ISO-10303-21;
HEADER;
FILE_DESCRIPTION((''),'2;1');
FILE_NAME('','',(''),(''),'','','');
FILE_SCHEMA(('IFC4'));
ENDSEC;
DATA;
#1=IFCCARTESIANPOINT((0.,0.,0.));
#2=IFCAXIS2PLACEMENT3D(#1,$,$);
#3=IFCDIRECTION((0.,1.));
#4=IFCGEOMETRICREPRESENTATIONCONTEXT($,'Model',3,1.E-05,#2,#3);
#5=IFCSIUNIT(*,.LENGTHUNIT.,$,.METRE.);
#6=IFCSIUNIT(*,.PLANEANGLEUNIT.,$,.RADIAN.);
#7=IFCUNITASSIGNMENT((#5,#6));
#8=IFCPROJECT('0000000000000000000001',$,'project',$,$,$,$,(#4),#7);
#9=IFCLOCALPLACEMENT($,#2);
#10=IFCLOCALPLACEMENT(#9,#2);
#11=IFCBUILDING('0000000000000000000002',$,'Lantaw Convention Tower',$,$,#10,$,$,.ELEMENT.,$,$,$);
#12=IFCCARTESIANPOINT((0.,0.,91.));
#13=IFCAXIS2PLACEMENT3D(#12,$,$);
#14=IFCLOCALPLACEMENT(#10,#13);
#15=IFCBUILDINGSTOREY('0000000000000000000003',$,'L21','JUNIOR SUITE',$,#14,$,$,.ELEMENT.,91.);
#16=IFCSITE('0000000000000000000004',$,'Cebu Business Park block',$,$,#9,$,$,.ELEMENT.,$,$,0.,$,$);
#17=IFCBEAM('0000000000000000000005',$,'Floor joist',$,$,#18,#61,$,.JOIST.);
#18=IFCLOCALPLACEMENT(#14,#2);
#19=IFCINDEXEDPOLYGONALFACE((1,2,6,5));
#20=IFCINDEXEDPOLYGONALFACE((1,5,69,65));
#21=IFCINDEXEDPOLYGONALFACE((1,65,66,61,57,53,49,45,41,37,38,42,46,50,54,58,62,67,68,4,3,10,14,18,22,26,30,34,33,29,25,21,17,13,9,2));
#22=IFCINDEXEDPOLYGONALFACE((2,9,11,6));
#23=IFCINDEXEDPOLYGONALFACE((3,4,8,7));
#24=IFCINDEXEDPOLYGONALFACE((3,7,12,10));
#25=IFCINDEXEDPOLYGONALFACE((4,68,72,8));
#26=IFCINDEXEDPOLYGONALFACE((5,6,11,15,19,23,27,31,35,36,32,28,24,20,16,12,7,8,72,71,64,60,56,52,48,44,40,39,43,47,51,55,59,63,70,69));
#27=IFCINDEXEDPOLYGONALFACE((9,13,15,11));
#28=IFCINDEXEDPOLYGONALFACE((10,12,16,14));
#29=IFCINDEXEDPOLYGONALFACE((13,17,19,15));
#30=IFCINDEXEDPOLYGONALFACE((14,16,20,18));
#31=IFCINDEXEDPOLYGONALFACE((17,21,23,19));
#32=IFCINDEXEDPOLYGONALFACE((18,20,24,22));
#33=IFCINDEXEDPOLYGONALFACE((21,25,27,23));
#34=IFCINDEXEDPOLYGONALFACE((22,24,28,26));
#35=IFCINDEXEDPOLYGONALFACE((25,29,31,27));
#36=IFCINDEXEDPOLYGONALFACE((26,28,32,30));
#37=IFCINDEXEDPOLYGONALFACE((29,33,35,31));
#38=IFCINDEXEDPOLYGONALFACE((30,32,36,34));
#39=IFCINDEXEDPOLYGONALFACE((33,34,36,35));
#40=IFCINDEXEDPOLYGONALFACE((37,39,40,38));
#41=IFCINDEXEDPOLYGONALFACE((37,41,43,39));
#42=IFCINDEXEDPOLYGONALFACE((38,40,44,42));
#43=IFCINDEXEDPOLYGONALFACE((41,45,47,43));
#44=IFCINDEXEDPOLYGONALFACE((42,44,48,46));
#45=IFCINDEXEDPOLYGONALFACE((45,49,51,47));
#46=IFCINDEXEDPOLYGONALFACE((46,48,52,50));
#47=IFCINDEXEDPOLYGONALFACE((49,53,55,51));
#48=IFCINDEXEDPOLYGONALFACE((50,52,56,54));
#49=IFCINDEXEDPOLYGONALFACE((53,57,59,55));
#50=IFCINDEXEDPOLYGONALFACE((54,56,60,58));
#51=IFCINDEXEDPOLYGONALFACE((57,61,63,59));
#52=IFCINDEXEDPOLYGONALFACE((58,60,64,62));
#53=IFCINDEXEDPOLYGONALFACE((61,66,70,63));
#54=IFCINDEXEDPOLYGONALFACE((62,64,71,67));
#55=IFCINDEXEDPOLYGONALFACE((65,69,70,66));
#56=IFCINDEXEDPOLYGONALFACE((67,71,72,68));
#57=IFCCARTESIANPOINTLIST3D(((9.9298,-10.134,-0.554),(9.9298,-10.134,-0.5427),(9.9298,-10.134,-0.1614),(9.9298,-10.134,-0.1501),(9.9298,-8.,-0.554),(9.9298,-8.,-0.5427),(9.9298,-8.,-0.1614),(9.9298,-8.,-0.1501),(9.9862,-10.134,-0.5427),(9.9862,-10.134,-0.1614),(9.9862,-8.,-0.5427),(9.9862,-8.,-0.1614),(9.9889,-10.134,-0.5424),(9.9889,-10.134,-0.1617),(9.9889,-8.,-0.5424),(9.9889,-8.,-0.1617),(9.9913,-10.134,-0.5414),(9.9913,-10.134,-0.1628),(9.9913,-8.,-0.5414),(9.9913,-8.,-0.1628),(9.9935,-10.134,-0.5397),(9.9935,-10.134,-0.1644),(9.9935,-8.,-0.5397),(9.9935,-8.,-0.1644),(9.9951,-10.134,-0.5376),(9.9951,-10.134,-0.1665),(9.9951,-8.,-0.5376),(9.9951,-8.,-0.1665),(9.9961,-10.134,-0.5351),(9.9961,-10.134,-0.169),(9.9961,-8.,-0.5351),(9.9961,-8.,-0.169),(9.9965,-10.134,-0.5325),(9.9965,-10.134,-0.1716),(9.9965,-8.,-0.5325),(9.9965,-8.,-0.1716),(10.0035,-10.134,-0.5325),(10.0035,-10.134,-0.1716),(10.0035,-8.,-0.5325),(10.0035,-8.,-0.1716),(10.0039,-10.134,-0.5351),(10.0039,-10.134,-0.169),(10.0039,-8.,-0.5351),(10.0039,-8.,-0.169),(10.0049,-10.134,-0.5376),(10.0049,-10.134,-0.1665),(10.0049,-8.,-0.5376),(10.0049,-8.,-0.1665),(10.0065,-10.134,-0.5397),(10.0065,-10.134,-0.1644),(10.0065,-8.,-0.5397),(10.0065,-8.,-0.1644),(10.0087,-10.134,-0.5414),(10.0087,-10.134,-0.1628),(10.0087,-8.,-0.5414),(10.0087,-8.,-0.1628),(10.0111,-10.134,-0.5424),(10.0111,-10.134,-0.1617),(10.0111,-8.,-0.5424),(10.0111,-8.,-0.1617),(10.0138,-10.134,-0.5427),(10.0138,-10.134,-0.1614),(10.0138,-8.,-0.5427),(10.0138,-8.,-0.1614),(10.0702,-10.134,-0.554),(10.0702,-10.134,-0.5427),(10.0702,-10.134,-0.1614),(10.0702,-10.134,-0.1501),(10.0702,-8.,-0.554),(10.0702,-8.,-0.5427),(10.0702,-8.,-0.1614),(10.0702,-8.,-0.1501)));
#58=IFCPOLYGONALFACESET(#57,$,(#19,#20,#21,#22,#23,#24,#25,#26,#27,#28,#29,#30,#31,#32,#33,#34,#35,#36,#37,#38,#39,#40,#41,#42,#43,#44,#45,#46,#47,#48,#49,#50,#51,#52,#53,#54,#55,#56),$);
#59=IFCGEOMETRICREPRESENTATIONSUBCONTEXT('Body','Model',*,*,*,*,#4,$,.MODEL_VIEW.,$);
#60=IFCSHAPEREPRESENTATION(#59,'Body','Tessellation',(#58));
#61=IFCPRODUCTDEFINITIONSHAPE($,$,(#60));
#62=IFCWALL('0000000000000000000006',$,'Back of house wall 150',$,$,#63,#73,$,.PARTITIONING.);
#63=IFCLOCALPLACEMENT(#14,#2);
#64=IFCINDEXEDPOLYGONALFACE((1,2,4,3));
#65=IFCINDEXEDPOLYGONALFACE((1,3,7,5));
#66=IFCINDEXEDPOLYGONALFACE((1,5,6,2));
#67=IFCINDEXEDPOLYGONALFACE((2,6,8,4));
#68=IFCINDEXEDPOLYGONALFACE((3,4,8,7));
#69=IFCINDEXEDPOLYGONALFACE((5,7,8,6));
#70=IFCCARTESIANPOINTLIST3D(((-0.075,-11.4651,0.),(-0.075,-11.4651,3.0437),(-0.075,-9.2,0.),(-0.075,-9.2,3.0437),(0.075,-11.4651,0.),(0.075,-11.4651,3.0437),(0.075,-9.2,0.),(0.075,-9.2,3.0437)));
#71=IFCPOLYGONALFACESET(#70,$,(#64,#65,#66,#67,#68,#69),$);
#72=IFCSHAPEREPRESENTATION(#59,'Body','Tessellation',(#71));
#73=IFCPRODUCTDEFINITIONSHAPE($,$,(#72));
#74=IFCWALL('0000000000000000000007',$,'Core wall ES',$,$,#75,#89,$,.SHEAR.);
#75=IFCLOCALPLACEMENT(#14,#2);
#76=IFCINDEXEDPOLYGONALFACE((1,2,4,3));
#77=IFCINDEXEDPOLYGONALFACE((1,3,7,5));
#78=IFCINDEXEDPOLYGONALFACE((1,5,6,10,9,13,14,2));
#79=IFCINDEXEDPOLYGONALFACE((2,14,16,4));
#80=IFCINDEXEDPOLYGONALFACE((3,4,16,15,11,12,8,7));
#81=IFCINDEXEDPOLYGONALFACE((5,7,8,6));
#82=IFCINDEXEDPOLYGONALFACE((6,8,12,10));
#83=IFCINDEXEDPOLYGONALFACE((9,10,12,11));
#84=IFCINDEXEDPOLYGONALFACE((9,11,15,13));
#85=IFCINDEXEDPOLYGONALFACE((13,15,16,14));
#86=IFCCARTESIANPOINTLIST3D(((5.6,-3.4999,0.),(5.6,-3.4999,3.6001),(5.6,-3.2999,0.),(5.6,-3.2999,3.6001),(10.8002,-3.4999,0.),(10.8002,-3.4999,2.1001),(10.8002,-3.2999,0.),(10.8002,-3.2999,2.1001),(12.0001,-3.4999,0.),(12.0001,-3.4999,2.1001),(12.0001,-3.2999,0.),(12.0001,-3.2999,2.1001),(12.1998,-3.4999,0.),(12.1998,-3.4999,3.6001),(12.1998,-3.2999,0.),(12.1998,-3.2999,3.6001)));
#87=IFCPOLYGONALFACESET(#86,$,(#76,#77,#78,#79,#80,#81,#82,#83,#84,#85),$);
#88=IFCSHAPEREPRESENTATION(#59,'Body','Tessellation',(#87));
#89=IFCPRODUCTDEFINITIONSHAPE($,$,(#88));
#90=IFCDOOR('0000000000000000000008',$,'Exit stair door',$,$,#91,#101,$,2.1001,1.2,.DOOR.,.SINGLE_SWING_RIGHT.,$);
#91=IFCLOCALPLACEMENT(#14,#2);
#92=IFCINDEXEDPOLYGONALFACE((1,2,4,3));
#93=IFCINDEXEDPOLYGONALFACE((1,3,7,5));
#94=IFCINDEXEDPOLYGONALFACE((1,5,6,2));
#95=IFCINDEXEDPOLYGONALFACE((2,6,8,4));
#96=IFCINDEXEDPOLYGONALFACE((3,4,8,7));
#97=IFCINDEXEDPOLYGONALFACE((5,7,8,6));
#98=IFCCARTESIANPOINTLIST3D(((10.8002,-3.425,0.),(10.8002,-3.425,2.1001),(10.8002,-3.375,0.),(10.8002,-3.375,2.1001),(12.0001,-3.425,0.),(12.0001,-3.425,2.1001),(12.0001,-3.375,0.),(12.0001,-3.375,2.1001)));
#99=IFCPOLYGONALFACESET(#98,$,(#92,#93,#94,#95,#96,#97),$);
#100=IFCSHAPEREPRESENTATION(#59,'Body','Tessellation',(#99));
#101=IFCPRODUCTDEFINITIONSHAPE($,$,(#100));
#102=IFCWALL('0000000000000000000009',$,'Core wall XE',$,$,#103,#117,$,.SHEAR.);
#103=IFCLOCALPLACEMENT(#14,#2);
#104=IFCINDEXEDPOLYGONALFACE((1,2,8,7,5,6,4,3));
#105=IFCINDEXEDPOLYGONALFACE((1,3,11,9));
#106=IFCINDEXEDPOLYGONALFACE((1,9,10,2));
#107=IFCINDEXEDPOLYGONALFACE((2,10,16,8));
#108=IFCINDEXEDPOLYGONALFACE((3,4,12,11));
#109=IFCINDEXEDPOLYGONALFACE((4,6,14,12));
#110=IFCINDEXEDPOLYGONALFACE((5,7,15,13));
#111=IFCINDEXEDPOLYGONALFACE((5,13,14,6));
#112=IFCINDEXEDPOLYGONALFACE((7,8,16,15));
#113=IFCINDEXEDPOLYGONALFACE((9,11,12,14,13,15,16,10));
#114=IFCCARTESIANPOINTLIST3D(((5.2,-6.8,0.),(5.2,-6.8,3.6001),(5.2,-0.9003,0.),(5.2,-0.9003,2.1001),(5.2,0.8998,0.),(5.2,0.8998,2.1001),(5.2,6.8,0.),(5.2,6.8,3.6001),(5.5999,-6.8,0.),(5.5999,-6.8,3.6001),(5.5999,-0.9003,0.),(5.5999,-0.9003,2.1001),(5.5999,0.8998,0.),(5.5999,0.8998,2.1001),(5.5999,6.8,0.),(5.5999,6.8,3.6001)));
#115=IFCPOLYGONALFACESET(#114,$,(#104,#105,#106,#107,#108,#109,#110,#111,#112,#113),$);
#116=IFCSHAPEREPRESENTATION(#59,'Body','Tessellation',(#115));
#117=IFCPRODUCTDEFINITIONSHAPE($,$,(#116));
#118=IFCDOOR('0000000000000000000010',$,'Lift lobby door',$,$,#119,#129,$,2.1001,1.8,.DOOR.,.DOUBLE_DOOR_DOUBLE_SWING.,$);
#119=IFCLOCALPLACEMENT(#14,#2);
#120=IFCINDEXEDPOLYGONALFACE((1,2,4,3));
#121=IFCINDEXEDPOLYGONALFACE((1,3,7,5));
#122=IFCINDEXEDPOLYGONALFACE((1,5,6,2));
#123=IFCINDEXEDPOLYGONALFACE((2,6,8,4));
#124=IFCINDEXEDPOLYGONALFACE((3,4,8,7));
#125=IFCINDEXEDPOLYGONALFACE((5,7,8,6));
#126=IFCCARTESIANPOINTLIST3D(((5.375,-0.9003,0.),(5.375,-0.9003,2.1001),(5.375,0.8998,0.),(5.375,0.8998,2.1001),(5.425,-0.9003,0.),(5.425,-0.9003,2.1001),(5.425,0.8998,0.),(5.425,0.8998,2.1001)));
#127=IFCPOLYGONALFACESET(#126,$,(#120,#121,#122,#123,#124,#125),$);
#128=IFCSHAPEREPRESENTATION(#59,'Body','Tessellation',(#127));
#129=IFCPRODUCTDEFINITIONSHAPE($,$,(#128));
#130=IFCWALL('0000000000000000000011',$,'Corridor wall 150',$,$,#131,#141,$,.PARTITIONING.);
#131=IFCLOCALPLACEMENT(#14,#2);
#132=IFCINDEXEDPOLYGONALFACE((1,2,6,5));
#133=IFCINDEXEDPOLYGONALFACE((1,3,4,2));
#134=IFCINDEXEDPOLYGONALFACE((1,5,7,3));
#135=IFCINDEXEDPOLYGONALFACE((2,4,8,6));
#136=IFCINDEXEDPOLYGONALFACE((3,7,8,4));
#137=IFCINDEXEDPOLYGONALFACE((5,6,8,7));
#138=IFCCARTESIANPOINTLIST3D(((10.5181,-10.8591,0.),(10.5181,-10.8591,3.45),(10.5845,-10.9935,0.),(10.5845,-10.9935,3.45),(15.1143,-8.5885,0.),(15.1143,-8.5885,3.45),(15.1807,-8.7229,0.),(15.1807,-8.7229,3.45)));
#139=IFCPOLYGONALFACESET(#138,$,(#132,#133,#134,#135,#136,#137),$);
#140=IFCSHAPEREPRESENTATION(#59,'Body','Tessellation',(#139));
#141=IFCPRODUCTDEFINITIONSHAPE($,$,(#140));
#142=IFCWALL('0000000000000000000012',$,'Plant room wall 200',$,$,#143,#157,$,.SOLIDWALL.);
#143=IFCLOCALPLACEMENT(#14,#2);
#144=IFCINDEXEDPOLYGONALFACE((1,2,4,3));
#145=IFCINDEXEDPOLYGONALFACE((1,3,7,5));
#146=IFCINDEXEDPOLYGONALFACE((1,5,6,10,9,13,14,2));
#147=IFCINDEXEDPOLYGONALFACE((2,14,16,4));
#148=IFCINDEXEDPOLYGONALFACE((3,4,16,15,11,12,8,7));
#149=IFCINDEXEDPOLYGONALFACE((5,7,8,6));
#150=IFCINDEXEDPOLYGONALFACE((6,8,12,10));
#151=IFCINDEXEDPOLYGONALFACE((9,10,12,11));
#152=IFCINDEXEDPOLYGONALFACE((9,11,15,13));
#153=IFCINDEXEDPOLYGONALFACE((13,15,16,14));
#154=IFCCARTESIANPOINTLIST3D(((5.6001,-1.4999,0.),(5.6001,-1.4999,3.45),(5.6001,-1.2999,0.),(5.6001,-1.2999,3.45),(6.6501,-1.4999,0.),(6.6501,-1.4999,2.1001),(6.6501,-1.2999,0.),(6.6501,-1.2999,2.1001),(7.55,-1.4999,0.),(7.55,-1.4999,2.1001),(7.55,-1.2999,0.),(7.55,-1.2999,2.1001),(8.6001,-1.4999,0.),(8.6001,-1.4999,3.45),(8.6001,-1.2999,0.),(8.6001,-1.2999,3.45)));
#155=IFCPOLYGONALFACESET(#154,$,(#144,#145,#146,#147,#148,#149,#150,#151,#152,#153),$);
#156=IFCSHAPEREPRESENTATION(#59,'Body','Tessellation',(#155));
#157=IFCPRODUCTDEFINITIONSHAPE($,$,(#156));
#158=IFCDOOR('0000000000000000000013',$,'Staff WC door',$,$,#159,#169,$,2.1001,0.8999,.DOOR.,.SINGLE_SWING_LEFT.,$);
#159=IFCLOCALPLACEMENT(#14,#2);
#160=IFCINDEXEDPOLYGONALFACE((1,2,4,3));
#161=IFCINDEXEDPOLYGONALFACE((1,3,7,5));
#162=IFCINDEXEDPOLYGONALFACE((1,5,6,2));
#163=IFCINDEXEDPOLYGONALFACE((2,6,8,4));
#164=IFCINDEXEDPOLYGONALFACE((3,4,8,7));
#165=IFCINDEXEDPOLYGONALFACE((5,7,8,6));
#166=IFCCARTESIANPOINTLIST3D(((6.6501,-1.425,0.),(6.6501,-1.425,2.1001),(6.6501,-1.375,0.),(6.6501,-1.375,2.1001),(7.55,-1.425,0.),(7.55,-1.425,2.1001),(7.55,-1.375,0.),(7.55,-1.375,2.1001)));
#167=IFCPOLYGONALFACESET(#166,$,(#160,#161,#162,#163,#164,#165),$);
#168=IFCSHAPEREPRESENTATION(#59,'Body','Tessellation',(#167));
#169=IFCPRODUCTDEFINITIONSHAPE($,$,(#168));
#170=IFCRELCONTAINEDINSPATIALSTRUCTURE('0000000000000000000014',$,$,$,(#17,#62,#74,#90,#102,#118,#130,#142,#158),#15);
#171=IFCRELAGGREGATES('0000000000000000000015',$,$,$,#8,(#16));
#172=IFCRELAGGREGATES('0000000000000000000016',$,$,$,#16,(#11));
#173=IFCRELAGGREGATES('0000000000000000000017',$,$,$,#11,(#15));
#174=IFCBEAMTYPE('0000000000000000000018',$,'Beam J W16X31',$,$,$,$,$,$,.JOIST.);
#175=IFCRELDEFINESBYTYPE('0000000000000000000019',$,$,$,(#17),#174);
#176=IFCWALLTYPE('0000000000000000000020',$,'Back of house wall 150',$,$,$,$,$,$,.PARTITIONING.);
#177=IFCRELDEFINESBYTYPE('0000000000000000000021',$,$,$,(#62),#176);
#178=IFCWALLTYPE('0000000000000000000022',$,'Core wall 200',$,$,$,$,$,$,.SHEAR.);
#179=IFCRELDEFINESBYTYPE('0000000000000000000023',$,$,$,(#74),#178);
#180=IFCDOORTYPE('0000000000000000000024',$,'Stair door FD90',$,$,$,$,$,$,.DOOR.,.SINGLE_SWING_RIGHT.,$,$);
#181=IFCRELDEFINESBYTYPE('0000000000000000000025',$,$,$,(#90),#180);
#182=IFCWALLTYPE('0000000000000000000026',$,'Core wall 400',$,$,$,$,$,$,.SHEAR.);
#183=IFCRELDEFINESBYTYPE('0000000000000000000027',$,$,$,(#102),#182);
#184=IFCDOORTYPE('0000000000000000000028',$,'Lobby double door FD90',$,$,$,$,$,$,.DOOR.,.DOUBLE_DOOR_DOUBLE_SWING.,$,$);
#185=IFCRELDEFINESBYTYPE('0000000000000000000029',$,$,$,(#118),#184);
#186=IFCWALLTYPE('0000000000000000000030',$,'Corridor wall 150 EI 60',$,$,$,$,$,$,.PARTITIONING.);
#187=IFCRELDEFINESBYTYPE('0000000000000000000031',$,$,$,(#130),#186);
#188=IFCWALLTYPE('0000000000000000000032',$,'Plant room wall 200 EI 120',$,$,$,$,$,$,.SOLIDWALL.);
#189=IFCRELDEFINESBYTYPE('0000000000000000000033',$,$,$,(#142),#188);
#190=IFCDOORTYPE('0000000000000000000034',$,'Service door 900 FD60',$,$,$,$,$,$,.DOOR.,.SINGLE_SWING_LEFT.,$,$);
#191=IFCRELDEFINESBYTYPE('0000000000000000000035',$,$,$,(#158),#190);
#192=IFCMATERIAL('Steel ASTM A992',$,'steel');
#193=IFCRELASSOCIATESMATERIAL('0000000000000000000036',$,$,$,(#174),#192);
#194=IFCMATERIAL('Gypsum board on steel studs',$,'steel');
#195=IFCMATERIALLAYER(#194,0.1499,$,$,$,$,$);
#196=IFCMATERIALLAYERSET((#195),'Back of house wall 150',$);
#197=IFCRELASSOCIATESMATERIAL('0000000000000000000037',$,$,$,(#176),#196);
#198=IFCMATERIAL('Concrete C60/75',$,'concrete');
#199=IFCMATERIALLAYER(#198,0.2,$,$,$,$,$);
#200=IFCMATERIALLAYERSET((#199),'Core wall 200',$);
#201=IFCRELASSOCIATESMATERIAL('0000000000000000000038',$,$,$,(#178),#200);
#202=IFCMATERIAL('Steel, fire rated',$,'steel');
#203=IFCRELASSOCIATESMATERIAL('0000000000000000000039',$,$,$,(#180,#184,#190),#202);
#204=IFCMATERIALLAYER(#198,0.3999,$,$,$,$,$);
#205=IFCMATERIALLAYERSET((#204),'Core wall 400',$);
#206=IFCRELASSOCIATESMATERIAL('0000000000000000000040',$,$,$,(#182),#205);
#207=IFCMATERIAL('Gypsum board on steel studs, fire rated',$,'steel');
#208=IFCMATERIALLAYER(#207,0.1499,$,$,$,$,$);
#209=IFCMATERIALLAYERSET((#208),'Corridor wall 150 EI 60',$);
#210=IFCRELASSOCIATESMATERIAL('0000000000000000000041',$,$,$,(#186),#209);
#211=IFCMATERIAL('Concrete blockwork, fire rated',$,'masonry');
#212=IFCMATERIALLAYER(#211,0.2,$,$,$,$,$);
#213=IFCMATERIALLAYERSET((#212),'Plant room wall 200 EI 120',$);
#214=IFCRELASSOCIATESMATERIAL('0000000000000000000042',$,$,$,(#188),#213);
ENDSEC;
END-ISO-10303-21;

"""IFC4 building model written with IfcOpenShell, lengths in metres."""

from ifc_helpers import new_model, si_unit, direction, frame, frame_2d, origin, origin_2d, place, context, subcontext, project, spatial, rectangle, i_section, extrude, material, layer, layer_set, material_profile, profile_set, type_object, element, fill, save


model = new_model("IFC4")

# Units and contexts
model_context = context("Model", 3, precision=1e-05, world=origin(), true_north=direction((0.0, 1.0)))
body_context = subcontext(model_context, "Body", "Model", "MODEL_VIEW")
ifc_project = project(units=[si_unit("LENGTHUNIT", "METRE"), si_unit("PLANEANGLEUNIT", "RADIAN")], contexts=[model_context])

# Site, building, storey
site_placement = place(None, origin())
site = spatial("IfcSite", under=ifc_project, at=site_placement, Name="Cebu Business Park block", CompositionType="ELEMENT", RefElevation=0.0)
building_placement = place(site_placement, origin())
building = spatial("IfcBuilding", under=site, at=building_placement, Name="Lantaw Convention Tower", CompositionType="ELEMENT")
storey_placement = place(building_placement, frame((0.0, 0.0, 91.0)))
storey = spatial("IfcBuildingStorey", under=building, at=storey_placement, Name="L21", Description="JUNIOR SUITE", CompositionType="ELEMENT", Elevation=91.0)

# Beam
ifc_material_1 = material(Name="Steel ASTM A992", Category="steel")
ifc_material_profile_1 = material_profile(ifc_material_1, i_section(OverallWidth=0.1404, OverallDepth=0.4038, WebThickness=0.0071, FlangeThickness=0.0112, FilletRadius=0.0103, at=origin_2d()), Name="W16X31")
ifc_profile_set_1 = profile_set([ifc_material_profile_1], Name="Steel ASTM A992")
beam_type_1 = type_object("IfcBeamType", Name="Beam J W16X31", PredefinedType="JOIST", material=ifc_profile_set_1)
beam_1_placement = place(storey_placement, frame((10.0, -10.134, -0.3521), z_axis=(0.0, 1.0, 0.0), x_axis=(-1.0, 0.0, 0.0)))
element("IfcBeam", 1, at=beam_1_placement, inside=storey, type_object=beam_type_1, Name="Floor joist", PredefinedType="JOIST", context=body_context, shape_type="SweptSolid", body=[
    extrude(i_section(OverallWidth=0.1404, OverallDepth=0.4038, WebThickness=0.0071, FlangeThickness=0.0112, FilletRadius=0.0103, at=origin_2d()), origin(), (0.0, 0.0, 1.0), 2.134),
])

# Wall
ifc_material_2 = material(Name="Gypsum board on steel studs", Category="steel")
ifc_layer_1 = layer(ifc_material_2, 0.1499)
ifc_layer_set_1 = layer_set([ifc_layer_1], Name="Back of house wall 150")
wall_type_1 = type_object("IfcWallType", Name="Back of house wall 150", PredefinedType="PARTITIONING", material=ifc_layer_set_1)
wall_1_placement = place(storey_placement, frame((0.0, -9.2, 0.0), z_axis=(0.0, 0.0, 1.0), x_axis=(0.0, -1.0, 0.0)))
element("IfcWall", 2, at=wall_1_placement, inside=storey, type_object=wall_type_1, Name="Back of house wall 150", PredefinedType="PARTITIONING", context=body_context, shape_type="SweptSolid", body=[
    extrude(rectangle(XDim=2.2651, YDim=0.1499, at=frame_2d((1.1326, 0.0))), origin(), (0.0, 0.0, 1.0), 3.0437),
])

# Walls, openings, doors
ifc_material_3 = material(Name="Concrete C60/75", Category="concrete")
ifc_layer_2 = layer(ifc_material_3, 0.2)
ifc_layer_set_2 = layer_set([ifc_layer_2], Name="Core wall 200")
wall_type_2 = type_object("IfcWallType", Name="Core wall 200", PredefinedType="SHEAR", material=ifc_layer_set_2)
wall_2_placement = place(storey_placement, frame((5.6001, -3.3999, 0.0), z_axis=(0.0, 0.0, 1.0), x_axis=(1.0, 0.0, 0.0)))
wall_2 = element("IfcWall", 3, at=wall_2_placement, inside=storey, type_object=wall_type_2, Name="Core wall ES", PredefinedType="SHEAR", context=body_context, shape_type="SweptSolid", body=[
    extrude(rectangle(XDim=6.5999, YDim=0.2, at=frame_2d((3.2998, 0.0))), origin(), (0.0, 0.0, 1.0), 3.6001),
])
opening_1_placement = place(wall_2_placement, frame((5.2, 0.0, 0.0)))
opening_1 = element("IfcOpeningElement", 4, at=opening_1_placement, cuts=wall_2, PredefinedType="OPENING", context=body_context, shape_type="SweptSolid", body=[
    extrude(rectangle(XDim=1.2, YDim=2.1001, at=frame_2d((0.6001, 1.05))), frame((0.0, 0.1099, 0.0), z_axis=(0.0, -1.0, 0.0), x_axis=(1.0, 0.0, 0.0)), (0.0, 0.0, 1.0), 0.22),
])
ifc_material_4 = material(Name="Steel, fire rated", Category="steel")
door_type_1 = type_object("IfcDoorType", Name="Stair door FD90", OperationType="SINGLE_SWING_RIGHT", PredefinedType="DOOR", material=ifc_material_4)
door_1_placement = place(opening_1_placement, origin())
door_1 = element("IfcDoor", 5, at=door_1_placement, inside=storey, type_object=door_type_1, Name="Exit stair door", OperationType="SINGLE_SWING_RIGHT", OverallHeight=2.1001, OverallWidth=1.2, PredefinedType="DOOR", context=body_context, shape_type="SweptSolid", body=[
    extrude(rectangle(XDim=1.2, YDim=2.1001, at=frame_2d((0.6001, 1.05))), frame((0.0, 0.0249, 0.0), z_axis=(0.0, -1.0, 0.0), x_axis=(1.0, 0.0, 0.0)), (0.0, 0.0, 1.0), 0.05),
])
fill(opening_1, door_1)
ifc_layer_3 = layer(ifc_material_3, 0.3999)
ifc_layer_set_3 = layer_set([ifc_layer_3], Name="Core wall 400")
wall_type_3 = type_object("IfcWallType", Name="Core wall 400", PredefinedType="SHEAR", material=ifc_layer_set_3)
wall_3_placement = place(storey_placement, frame((5.3999, -6.8, 0.0), z_axis=(0.0, 0.0, 1.0), x_axis=(0.0, 1.0, 0.0)))
wall_3 = element("IfcWall", 6, at=wall_3_placement, inside=storey, type_object=wall_type_3, Name="Core wall XE", PredefinedType="SHEAR", context=body_context, shape_type="SweptSolid", body=[
    extrude(rectangle(XDim=13.6001, YDim=0.3999, at=frame_2d((6.8, 0.0))), origin(), (0.0, 0.0, 1.0), 3.6001),
])
opening_2_placement = place(wall_3_placement, frame((5.8999, 0.0, 0.0)))
opening_2 = element("IfcOpeningElement", 7, at=opening_2_placement, cuts=wall_3, PredefinedType="OPENING", context=body_context, shape_type="SweptSolid", body=[
    extrude(rectangle(XDim=1.8, YDim=2.1001, at=frame_2d((0.8999, 1.05))), frame((0.0, 0.21, 0.0), z_axis=(0.0, -1.0, 0.0), x_axis=(1.0, 0.0, 0.0)), (0.0, 0.0, 1.0), 0.4199),
])
door_type_2 = type_object("IfcDoorType", Name="Lobby double door FD90", OperationType="DOUBLE_DOOR_DOUBLE_SWING", PredefinedType="DOOR", material=ifc_material_4)
door_2_placement = place(opening_2_placement, origin())
door_2 = element("IfcDoor", 8, at=door_2_placement, inside=storey, type_object=door_type_2, Name="Lift lobby door", OperationType="DOUBLE_DOOR_DOUBLE_SWING", OverallHeight=2.1001, OverallWidth=1.8, PredefinedType="DOOR", context=body_context, shape_type="SweptSolid", body=[
    extrude(rectangle(XDim=1.8, YDim=2.1001, at=frame_2d((0.8999, 1.05))), frame((0.0, 0.0249, 0.0), z_axis=(0.0, -1.0, 0.0), x_axis=(1.0, 0.0, 0.0)), (0.0, 0.0, 1.0), 0.05),
])
fill(opening_2, door_2)

# Wall
ifc_material_5 = material(Name="Gypsum board on steel studs, fire rated", Category="steel")
ifc_layer_4 = layer(ifc_material_5, 0.1499)
ifc_layer_set_4 = layer_set([ifc_layer_4], Name="Corridor wall 150 EI 60")
wall_type_4 = type_object("IfcWallType", Name="Corridor wall 150 EI 60", PredefinedType="PARTITIONING", material=ifc_layer_set_4)
wall_4_placement = place(storey_placement, frame((10.5513, -10.9263, 0.0), z_axis=(0.0, 0.0, 1.0), x_axis=(0.896569, 0.442903, 0.0)))
element("IfcWall", 9, at=wall_4_placement, inside=storey, type_object=wall_type_4, Name="Corridor wall 150", PredefinedType="PARTITIONING", context=body_context, shape_type="SweptSolid", body=[
    extrude(rectangle(XDim=5.1265, YDim=0.1499, at=frame_2d((2.5632, 0.0))), origin(), (0.0, 0.0, 1.0), 3.45),
])

# Wall, opening, door
ifc_material_6 = material(Name="Concrete blockwork, fire rated", Category="masonry")
ifc_layer_5 = layer(ifc_material_6, 0.2)
ifc_layer_set_5 = layer_set([ifc_layer_5], Name="Plant room wall 200 EI 120")
wall_type_5 = type_object("IfcWallType", Name="Plant room wall 200 EI 120", PredefinedType="SOLIDWALL", material=ifc_layer_set_5)
wall_5_placement = place(storey_placement, frame((5.6001, -1.3999, 0.0), z_axis=(0.0, 0.0, 1.0), x_axis=(1.0, 0.0, 0.0)))
wall_5 = element("IfcWall", 10, at=wall_5_placement, inside=storey, type_object=wall_type_5, Name="Plant room wall 200", PredefinedType="SOLIDWALL", context=body_context, shape_type="SweptSolid", body=[
    extrude(rectangle(XDim=3.0, YDim=0.2, at=frame_2d((1.5, 0.0))), origin(), (0.0, 0.0, 1.0), 3.45),
])
opening_3_placement = place(wall_5_placement, frame((1.05, 0.0, 0.0)))
opening_3 = element("IfcOpeningElement", 11, at=opening_3_placement, cuts=wall_5, PredefinedType="OPENING", context=body_context, shape_type="SweptSolid", body=[
    extrude(rectangle(XDim=0.8999, YDim=2.1001, at=frame_2d((0.45, 1.05))), frame((0.0, 0.1099, 0.0), z_axis=(0.0, -1.0, 0.0), x_axis=(1.0, 0.0, 0.0)), (0.0, 0.0, 1.0), 0.22),
])
door_type_3 = type_object("IfcDoorType", Name="Service door 900 FD60", OperationType="SINGLE_SWING_LEFT", PredefinedType="DOOR", material=ifc_material_4)
door_3_placement = place(opening_3_placement, origin())
door_3 = element("IfcDoor", 12, at=door_3_placement, inside=storey, type_object=door_type_3, Name="Staff WC door", OperationType="SINGLE_SWING_LEFT", OverallHeight=2.1001, OverallWidth=0.8999, PredefinedType="DOOR", context=body_context, shape_type="SweptSolid", body=[
    extrude(rectangle(XDim=0.8999, YDim=2.1001, at=frame_2d((0.45, 1.05))), frame((0.0, 0.0249, 0.0), z_axis=(0.0, -1.0, 0.0), x_axis=(1.0, 0.0, 0.0)), (0.0, 0.0, 1.0), 0.05),
])
fill(opening_3, door_3)

save(model, "model.ifc")
